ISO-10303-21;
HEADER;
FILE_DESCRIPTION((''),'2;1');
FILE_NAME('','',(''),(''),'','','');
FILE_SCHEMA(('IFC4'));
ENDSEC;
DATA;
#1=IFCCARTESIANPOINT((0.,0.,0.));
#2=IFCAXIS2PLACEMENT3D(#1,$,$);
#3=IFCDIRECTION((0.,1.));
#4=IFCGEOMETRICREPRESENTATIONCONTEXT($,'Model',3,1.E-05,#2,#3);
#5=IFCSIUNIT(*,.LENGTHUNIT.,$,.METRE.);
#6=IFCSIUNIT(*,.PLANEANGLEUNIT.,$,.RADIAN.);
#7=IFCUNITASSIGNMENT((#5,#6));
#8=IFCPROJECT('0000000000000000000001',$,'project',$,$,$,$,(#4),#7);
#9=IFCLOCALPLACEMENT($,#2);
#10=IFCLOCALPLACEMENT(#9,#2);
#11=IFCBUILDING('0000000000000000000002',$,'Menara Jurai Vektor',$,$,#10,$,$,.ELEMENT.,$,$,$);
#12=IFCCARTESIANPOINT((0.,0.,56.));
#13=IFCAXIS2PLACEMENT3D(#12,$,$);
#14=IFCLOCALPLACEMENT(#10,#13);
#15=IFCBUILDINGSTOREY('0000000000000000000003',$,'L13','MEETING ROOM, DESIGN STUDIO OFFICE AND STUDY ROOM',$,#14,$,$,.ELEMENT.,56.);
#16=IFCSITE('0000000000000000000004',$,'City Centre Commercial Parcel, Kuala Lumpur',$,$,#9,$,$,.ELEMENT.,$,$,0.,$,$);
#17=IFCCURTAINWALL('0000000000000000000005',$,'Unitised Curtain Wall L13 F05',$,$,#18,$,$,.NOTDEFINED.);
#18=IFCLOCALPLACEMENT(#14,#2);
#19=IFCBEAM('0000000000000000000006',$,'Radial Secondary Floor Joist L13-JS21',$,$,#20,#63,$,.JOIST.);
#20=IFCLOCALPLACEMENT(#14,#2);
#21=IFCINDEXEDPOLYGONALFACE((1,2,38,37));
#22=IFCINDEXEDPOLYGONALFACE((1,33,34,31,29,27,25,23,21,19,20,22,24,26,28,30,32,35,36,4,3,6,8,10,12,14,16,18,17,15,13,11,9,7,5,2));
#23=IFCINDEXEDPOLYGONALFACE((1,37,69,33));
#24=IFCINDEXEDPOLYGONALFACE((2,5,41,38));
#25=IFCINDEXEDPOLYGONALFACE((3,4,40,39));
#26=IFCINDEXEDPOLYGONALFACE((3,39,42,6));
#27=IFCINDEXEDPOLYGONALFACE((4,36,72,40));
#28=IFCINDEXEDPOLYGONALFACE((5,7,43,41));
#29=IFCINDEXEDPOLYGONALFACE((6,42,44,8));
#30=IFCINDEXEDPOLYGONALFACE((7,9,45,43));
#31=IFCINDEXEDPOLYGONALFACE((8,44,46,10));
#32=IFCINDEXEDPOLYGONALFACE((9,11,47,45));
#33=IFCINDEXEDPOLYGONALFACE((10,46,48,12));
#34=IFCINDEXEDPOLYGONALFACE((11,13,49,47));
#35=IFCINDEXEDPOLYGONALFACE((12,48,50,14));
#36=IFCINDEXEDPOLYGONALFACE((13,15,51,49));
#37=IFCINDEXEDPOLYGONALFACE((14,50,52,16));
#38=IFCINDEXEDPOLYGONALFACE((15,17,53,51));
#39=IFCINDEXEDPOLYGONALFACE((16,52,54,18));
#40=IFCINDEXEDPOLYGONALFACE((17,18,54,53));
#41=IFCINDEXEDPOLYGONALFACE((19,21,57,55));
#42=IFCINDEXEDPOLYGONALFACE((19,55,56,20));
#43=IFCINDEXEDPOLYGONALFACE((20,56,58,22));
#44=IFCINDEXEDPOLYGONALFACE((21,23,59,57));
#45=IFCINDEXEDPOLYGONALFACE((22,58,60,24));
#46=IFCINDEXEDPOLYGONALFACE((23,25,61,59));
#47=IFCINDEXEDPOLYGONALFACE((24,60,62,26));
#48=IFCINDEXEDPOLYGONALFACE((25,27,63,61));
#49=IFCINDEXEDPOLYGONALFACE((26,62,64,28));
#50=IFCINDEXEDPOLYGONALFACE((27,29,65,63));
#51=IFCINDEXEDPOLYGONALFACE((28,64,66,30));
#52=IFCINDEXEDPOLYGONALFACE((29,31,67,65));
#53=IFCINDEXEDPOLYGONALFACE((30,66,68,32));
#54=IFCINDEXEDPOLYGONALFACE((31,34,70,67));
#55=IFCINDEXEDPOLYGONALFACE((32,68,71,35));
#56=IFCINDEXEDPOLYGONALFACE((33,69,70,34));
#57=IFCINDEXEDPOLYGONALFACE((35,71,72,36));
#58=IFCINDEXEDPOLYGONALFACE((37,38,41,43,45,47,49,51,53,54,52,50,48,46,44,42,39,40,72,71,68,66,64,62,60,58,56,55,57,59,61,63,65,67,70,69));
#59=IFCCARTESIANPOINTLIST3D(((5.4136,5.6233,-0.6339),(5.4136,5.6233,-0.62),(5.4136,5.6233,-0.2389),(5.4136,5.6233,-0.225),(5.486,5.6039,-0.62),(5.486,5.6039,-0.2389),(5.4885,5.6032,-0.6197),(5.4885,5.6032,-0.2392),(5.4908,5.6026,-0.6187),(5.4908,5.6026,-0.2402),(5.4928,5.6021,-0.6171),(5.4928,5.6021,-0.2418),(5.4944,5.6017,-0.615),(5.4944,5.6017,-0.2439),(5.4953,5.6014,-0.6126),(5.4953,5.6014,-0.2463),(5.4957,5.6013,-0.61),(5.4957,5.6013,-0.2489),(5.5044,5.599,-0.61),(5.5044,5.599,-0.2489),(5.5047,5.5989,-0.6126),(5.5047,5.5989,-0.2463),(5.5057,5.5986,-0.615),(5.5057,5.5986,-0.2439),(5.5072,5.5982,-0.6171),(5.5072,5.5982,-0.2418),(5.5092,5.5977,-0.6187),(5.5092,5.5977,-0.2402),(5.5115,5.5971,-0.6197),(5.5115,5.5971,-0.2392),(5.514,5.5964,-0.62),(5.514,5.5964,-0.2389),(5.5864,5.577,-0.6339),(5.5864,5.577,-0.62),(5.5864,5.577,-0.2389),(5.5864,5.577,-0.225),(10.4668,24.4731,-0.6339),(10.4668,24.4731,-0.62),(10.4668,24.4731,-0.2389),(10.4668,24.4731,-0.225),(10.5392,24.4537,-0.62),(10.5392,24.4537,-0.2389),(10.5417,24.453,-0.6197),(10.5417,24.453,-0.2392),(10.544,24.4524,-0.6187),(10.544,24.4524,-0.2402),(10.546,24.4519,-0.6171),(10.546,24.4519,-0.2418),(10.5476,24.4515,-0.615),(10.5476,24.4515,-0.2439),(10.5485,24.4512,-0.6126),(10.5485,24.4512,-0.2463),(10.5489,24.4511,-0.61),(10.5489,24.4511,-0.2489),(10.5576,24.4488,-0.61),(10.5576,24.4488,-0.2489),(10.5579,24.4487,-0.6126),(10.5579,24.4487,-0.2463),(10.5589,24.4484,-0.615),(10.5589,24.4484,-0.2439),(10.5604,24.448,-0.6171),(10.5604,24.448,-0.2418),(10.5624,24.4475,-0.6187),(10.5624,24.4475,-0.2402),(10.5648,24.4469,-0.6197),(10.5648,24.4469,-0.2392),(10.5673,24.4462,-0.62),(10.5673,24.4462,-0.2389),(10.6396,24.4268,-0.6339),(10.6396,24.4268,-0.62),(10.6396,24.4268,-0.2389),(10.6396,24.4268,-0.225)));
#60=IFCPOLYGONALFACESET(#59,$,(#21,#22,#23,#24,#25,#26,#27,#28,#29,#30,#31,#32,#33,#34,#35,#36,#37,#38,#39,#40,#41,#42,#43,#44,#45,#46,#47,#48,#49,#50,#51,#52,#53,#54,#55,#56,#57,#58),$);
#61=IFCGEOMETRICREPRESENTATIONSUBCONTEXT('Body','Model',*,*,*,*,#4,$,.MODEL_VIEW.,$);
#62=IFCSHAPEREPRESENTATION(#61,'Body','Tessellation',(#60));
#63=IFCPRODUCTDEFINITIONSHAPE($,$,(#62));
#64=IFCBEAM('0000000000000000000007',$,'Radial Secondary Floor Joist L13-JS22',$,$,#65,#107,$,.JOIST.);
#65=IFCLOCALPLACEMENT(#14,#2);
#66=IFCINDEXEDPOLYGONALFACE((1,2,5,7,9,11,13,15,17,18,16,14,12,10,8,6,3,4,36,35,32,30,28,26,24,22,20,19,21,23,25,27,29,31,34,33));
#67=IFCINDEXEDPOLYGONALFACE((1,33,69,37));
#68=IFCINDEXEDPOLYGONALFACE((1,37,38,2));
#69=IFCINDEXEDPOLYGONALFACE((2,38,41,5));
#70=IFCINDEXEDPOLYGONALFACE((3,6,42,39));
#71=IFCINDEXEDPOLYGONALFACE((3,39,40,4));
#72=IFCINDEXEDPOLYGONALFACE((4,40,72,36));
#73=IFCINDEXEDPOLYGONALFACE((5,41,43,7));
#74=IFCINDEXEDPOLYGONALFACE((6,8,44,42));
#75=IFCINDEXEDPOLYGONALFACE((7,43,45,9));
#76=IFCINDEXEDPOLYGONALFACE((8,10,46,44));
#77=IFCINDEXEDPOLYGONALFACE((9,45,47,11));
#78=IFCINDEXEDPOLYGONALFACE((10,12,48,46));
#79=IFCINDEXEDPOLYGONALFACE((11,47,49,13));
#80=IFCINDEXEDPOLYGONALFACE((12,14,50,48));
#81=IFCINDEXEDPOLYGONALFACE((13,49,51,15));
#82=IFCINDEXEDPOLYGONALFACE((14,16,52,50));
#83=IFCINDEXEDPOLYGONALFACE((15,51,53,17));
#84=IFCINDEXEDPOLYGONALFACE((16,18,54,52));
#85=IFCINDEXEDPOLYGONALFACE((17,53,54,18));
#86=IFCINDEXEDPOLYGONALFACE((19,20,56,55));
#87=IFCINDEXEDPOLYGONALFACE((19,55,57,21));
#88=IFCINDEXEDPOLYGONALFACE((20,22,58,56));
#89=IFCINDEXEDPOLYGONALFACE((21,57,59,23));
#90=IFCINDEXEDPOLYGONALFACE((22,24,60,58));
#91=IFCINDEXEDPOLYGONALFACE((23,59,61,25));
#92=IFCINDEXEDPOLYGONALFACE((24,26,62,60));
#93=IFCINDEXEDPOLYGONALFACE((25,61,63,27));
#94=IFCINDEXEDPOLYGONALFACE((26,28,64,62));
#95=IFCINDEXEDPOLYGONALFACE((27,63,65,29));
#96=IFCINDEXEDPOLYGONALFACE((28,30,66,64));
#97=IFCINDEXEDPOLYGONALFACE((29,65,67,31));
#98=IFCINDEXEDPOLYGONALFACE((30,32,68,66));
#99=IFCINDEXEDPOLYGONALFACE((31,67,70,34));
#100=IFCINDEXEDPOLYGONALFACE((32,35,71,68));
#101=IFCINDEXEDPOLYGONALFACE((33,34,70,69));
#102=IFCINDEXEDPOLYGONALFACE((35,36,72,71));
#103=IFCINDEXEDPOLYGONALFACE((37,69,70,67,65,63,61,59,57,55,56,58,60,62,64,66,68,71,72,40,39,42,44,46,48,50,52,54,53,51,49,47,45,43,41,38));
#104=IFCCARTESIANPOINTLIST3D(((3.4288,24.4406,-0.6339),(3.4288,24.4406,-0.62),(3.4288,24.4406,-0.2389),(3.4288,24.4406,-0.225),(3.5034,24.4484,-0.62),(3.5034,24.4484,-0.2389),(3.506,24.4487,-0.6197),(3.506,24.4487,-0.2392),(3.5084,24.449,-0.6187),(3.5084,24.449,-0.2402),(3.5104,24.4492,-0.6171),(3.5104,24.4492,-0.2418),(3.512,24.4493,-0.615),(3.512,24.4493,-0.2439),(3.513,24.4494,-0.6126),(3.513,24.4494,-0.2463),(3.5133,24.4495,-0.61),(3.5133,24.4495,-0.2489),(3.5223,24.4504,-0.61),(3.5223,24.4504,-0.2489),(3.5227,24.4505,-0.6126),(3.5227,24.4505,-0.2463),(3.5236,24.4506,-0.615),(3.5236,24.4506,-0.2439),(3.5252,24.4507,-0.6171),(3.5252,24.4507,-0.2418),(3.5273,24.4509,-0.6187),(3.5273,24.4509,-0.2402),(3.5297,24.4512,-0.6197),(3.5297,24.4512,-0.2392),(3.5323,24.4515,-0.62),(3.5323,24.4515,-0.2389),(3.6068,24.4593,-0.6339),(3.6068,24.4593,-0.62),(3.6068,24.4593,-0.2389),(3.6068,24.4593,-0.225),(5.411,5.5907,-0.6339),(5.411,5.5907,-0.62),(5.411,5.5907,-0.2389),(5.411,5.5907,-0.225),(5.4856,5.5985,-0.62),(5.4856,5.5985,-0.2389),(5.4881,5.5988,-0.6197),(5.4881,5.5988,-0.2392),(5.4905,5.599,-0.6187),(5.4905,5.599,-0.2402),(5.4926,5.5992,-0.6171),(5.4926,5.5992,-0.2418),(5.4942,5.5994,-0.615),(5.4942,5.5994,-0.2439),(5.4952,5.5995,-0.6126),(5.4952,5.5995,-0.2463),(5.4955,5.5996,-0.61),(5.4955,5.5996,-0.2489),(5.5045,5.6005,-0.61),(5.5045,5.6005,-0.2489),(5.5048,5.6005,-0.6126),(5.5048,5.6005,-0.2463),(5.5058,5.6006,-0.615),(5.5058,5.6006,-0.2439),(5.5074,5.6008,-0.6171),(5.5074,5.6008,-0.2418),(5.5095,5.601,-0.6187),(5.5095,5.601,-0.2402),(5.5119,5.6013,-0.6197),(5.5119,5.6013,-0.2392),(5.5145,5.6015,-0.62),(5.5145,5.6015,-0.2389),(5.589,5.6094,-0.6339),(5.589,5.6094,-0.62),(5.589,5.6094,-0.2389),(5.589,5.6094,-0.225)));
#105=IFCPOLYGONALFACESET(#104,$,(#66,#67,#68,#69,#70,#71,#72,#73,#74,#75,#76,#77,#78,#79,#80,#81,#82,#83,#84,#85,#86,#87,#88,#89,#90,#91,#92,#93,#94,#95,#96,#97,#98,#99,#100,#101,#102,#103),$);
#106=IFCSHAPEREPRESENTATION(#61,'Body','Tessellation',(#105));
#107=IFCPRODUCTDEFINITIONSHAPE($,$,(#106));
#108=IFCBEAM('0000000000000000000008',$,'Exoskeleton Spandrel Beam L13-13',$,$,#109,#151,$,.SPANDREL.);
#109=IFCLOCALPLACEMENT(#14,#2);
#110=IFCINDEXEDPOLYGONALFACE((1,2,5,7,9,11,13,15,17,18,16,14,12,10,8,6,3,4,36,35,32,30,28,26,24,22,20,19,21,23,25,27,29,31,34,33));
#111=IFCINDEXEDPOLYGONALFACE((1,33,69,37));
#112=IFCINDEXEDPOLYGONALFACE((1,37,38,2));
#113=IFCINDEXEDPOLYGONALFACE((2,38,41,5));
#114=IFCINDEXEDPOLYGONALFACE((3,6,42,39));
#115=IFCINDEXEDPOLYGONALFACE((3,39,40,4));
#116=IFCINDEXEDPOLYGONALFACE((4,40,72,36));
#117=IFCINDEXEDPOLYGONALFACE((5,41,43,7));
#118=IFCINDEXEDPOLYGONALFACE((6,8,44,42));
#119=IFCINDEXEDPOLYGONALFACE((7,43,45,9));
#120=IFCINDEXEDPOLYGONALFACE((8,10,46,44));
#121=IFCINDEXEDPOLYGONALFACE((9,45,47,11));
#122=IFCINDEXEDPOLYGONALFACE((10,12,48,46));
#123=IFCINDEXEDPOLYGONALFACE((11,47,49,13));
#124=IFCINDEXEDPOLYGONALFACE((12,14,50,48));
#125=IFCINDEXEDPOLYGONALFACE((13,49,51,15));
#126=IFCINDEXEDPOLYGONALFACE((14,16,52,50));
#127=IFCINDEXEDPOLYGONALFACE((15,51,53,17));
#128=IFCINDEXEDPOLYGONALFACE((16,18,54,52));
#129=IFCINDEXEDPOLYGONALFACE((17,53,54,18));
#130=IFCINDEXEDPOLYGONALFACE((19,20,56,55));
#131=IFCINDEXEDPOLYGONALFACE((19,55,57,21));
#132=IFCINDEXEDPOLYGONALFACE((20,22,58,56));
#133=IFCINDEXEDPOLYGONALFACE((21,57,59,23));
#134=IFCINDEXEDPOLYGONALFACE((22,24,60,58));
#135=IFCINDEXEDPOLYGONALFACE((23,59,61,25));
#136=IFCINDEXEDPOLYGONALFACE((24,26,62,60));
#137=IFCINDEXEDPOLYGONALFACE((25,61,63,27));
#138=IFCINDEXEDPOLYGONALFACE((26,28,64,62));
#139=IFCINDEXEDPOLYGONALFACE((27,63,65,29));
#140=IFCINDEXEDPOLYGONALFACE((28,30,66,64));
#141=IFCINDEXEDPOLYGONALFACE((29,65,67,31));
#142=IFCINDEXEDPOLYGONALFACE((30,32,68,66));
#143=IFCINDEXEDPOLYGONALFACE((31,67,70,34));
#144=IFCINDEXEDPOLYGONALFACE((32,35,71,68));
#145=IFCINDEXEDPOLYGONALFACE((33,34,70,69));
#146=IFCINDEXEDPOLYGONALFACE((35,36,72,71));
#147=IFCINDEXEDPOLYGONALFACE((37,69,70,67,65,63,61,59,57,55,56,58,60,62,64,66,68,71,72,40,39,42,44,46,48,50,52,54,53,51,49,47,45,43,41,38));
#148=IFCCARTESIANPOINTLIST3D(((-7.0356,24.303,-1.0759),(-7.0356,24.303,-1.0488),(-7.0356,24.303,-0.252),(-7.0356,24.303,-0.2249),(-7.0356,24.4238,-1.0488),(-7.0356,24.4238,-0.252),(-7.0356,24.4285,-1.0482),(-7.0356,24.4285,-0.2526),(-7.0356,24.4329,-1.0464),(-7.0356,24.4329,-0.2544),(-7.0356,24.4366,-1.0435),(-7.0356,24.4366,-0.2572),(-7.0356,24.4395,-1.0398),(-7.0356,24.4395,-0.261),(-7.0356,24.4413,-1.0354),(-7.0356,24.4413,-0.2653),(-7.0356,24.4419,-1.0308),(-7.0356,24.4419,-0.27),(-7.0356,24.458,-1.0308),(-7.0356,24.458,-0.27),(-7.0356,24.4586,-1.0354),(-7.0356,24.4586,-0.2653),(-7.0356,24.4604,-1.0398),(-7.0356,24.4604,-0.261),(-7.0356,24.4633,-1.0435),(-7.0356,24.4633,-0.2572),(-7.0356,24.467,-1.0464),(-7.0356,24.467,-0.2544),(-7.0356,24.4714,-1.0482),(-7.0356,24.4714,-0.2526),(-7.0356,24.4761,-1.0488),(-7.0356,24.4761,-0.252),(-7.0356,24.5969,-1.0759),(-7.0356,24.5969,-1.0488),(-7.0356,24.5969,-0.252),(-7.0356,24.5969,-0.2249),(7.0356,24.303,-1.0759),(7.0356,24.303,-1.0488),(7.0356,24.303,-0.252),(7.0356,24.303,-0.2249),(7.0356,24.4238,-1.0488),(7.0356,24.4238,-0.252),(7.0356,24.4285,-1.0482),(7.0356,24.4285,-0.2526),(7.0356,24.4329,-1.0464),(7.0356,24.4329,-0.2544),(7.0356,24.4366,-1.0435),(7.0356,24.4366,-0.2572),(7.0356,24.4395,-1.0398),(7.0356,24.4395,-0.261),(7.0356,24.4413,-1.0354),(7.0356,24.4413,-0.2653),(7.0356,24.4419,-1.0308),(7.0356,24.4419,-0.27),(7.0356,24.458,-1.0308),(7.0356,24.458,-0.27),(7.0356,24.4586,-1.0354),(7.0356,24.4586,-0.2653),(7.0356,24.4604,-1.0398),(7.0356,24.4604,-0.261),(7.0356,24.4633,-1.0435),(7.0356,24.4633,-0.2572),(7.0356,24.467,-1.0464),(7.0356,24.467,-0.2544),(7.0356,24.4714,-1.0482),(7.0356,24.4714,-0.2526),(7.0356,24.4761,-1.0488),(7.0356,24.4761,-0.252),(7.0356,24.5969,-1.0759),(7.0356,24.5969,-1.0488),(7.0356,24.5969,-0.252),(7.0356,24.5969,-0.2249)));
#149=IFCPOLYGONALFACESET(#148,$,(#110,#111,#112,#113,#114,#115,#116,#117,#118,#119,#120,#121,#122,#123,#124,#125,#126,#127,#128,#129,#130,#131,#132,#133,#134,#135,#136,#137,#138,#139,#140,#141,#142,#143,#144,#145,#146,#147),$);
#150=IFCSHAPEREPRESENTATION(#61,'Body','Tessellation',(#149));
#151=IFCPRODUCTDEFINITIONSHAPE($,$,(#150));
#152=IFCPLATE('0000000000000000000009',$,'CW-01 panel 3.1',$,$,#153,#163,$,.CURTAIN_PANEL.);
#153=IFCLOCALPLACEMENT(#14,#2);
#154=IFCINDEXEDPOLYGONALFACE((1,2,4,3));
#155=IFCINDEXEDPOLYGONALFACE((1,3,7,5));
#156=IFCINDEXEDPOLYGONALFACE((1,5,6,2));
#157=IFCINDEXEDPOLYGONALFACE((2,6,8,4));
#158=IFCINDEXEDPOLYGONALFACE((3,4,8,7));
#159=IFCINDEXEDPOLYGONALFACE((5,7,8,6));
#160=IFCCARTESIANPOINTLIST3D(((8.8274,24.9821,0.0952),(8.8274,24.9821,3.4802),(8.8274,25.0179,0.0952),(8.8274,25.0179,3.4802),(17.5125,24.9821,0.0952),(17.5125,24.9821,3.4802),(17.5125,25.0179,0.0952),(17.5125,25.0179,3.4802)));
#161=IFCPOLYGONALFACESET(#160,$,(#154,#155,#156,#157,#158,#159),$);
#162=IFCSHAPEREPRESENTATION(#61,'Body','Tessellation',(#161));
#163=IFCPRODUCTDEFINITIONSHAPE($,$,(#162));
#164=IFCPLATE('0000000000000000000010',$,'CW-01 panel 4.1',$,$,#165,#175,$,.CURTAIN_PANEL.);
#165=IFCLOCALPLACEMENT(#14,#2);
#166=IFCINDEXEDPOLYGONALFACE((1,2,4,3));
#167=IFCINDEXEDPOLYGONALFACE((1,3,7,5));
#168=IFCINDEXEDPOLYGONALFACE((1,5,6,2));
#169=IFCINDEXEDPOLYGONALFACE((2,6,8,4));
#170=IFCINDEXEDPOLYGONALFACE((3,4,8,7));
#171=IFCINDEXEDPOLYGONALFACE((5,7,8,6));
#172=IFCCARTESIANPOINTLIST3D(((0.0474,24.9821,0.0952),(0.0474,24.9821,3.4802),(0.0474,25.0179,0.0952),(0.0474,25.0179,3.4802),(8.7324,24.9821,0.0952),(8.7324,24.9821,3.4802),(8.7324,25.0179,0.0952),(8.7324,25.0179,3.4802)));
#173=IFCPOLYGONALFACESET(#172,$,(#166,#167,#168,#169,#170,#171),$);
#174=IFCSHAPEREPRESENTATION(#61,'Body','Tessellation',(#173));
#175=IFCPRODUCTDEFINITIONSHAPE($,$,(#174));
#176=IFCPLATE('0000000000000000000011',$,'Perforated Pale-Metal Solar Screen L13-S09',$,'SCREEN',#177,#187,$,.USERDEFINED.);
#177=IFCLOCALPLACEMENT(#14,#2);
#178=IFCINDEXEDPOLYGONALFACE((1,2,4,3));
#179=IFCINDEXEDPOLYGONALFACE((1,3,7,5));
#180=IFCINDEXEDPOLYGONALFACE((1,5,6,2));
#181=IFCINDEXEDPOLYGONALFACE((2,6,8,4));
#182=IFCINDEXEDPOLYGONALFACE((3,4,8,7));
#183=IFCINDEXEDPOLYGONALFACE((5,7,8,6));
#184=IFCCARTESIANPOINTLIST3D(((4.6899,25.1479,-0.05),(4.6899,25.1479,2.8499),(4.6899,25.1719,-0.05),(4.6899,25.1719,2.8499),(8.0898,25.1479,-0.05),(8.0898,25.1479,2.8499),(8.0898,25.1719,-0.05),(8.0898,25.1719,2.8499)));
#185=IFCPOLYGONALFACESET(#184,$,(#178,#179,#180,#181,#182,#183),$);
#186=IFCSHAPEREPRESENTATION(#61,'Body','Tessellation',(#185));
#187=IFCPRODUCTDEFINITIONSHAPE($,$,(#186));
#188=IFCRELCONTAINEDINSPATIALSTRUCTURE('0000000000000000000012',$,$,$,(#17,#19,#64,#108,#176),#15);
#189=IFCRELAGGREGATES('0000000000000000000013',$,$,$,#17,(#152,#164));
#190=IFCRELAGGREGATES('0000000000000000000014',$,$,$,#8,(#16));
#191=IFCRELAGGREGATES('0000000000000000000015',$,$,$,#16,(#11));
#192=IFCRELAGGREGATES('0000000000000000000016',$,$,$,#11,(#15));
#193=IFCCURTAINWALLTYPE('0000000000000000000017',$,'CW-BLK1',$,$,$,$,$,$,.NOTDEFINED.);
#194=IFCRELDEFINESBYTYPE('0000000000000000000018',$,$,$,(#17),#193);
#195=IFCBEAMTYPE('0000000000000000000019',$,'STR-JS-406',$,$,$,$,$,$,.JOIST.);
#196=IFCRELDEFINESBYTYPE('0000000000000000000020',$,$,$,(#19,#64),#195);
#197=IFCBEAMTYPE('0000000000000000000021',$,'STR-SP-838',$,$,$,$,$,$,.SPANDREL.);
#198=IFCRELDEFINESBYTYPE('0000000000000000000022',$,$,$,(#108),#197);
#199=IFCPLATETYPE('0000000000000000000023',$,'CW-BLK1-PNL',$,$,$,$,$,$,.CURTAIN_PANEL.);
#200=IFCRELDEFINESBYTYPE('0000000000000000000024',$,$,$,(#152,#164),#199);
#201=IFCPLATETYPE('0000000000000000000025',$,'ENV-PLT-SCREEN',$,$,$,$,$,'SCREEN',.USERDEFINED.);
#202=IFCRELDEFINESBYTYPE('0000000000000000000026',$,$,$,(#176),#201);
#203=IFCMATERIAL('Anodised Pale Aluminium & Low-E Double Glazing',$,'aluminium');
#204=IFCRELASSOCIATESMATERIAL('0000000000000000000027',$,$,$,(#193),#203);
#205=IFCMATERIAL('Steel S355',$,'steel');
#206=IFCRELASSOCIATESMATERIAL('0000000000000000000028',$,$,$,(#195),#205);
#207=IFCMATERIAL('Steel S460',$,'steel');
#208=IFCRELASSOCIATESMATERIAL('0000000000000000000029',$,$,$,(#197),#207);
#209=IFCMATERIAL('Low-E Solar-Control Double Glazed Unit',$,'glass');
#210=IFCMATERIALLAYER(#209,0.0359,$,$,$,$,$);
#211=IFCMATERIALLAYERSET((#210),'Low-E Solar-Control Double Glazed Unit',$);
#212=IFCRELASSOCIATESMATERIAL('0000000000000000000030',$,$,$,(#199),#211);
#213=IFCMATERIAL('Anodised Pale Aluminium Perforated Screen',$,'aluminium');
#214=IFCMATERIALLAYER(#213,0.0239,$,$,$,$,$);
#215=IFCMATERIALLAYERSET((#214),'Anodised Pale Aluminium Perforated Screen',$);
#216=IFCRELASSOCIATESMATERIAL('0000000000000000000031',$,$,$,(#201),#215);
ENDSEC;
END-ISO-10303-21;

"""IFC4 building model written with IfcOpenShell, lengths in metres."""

from ifc_helpers import new_model, si_unit, direction, frame, origin, origin_2d, place, context, subcontext, project, spatial, rectangle, i_section, extrude, material, layer, layer_set, material_profile, profile_set, type_object, element, aggregate, save


model = new_model("IFC4")

# Units and contexts
model_context = context("Model", 3, precision=1e-05, world=origin(), true_north=direction((0.0, 1.0)))
body_context = subcontext(model_context, "Body", "Model", "MODEL_VIEW")
ifc_project = project(units=[si_unit("LENGTHUNIT", "METRE"), si_unit("PLANEANGLEUNIT", "RADIAN")], contexts=[model_context])

# Site, building, storey
site_placement = place(None, origin())
site = spatial("IfcSite", under=ifc_project, at=site_placement, Name="City Centre Commercial Parcel, Kuala Lumpur", CompositionType="ELEMENT", RefElevation=0.0)
building_placement = place(site_placement, origin())
building = spatial("IfcBuilding", under=site, at=building_placement, Name="Menara Jurai Vektor", CompositionType="ELEMENT")
storey_placement = place(building_placement, frame((0.0, 0.0, 56.0)))
storey = spatial("IfcBuildingStorey", under=building, at=storey_placement, Name="L13", Description="MEETING ROOM, DESIGN STUDIO OFFICE AND STUDY ROOM", CompositionType="ELEMENT", Elevation=56.0)

# Shared definitions
ifc_material_1 = material(Name="Steel S460", Category="steel")

# Curtain wall
ifc_material_2 = material(Name="Anodised Pale Aluminium & Low-E Double Glazing", Category="aluminium")
curtain_wall_type = type_object("IfcCurtainWallType", Name="CW-BLK1", PredefinedType="NOTDEFINED", material=ifc_material_2)
curtain_wall_placement = place(storey_placement, origin())
curtain_wall = element("IfcCurtainWall", 1, at=curtain_wall_placement, inside=storey, type_object=curtain_wall_type, Name="Unitised Curtain Wall L13 F05", PredefinedType="NOTDEFINED")

# Beams
ifc_material_3 = material(Name="Steel S355", Category="steel")
ifc_material_profile_1 = material_profile(ifc_material_3, i_section(OverallWidth=0.179, OverallDepth=0.4089, WebThickness=0.009, FlangeThickness=0.0139, FilletRadius=0.01, at=origin_2d()), Name="UKB 406x178x67")
ifc_profile_set_1 = profile_set([ifc_material_profile_1], Name="Steel S355")
beam_type_1 = type_object("IfcBeamType", Name="STR-JS-406", PredefinedType="JOIST", material=ifc_profile_set_1)
beam_1_placement = place(storey_placement, frame((10.5532, 24.45, -0.4294), z_axis=(-0.258935, -0.965895, 0.0), x_axis=(0.965895, -0.258935, 0.0)))
element("IfcBeam", 2, at=beam_1_placement, inside=storey, type_object=beam_type_1, Name="Radial Secondary Floor Joist L13-JS21", PredefinedType="JOIST", context=body_context, shape_type="SweptSolid", body=[
    extrude(i_section(OverallWidth=0.179, OverallDepth=0.4089, WebThickness=0.009, FlangeThickness=0.0139, FilletRadius=0.01, at=origin_2d()), origin(), (0.0, 0.0, 1.0), 19.5154),
])
beam_2_placement = place(storey_placement, frame((3.5178, 24.45, -0.4294), z_axis=(0.10458, -0.994517, 0.0), x_axis=(0.994517, 0.10458, 0.0)))
element("IfcBeam", 3, at=beam_2_placement, inside=storey, type_object=beam_type_1, Name="Radial Secondary Floor Joist L13-JS22", PredefinedType="JOIST", context=body_context, shape_type="SweptSolid", body=[
    extrude(i_section(OverallWidth=0.179, OverallDepth=0.4089, WebThickness=0.009, FlangeThickness=0.0139, FilletRadius=0.01, at=origin_2d()), origin(), (0.0, 0.0, 1.0), 18.9539),
])
ifc_material_profile_2 = material_profile(ifc_material_1, i_section(OverallWidth=0.2939, OverallDepth=0.8511, WebThickness=0.0161, FlangeThickness=0.0271, FilletRadius=0.0181, at=origin_2d()), Name="UKB 838x292x226")
ifc_profile_set_2 = profile_set([ifc_material_profile_2], Name="Steel S460")
beam_type_2 = type_object("IfcBeamType", Name="STR-SP-838", PredefinedType="SPANDREL", material=ifc_profile_set_2)
beam_3_placement = place(storey_placement, frame((7.0356, 24.45, -0.6504), z_axis=(-1.0, 0.0, 0.0), x_axis=(0.0, -1.0, 0.0)))
element("IfcBeam", 4, at=beam_3_placement, inside=storey, type_object=beam_type_2, Name="Exoskeleton Spandrel Beam L13-13", PredefinedType="SPANDREL", context=body_context, shape_type="SweptSolid", body=[
    extrude(i_section(OverallWidth=0.2939, OverallDepth=0.8511, WebThickness=0.0161, FlangeThickness=0.0271, FilletRadius=0.0181, at=origin_2d()), origin(), (0.0, 0.0, 1.0), 14.0713),
])

# Plates
ifc_material_4 = material(Name="Low-E Solar-Control Double Glazed Unit", Category="glass")
ifc_layer_1 = layer(ifc_material_4, 0.0359)
ifc_layer_set_1 = layer_set([ifc_layer_1], Name="Low-E Solar-Control Double Glazed Unit")
plate_type_1 = type_object("IfcPlateType", Name="CW-BLK1-PNL", PredefinedType="CURTAIN_PANEL", material=ifc_layer_set_1)
plate_1_placement = place(storey_placement, frame((13.1699, 25.0, 0.0952), z_axis=(0.0, 0.0, 1.0), x_axis=(-1.0, 0.0, 0.0)))
plate_1 = element("IfcPlate", 5, at=plate_1_placement, type_object=plate_type_1, Name="CW-01 panel 3.1", PredefinedType="CURTAIN_PANEL", context=body_context, shape_type="SweptSolid", body=[
    extrude(rectangle(XDim=8.6851, YDim=0.0359, at=origin_2d()), origin(), (0.0, 0.0, 1.0), 3.385),
])
plate_2_placement = place(storey_placement, frame((4.3899, 25.0, 0.0952), z_axis=(0.0, 0.0, 1.0), x_axis=(-1.0, 0.0, 0.0)))
plate_2 = element("IfcPlate", 6, at=plate_2_placement, type_object=plate_type_1, Name="CW-01 panel 4.1", PredefinedType="CURTAIN_PANEL", context=body_context, shape_type="SweptSolid", body=[
    extrude(rectangle(XDim=8.6851, YDim=0.0359, at=origin_2d()), origin(), (0.0, 0.0, 1.0), 3.385),
])
aggregate(curtain_wall, [plate_1, plate_2])
ifc_material_5 = material(Name="Anodised Pale Aluminium Perforated Screen", Category="aluminium")
ifc_layer_2 = layer(ifc_material_5, 0.0239)
ifc_layer_set_2 = layer_set([ifc_layer_2], Name="Anodised Pale Aluminium Perforated Screen")
plate_type_2 = type_object("IfcPlateType", Name="ENV-PLT-SCREEN", ElementType="SCREEN", PredefinedType="USERDEFINED", material=ifc_layer_set_2)
plate_3_placement = place(storey_placement, frame((6.3899, 25.1599, -0.05), z_axis=(0.0, 0.0, 1.0), x_axis=(-1.0, 0.0, 0.0)))
element("IfcPlate", 7, at=plate_3_placement, inside=storey, type_object=plate_type_2, Name="Perforated Pale-Metal Solar Screen L13-S09", ObjectType="SCREEN", PredefinedType="USERDEFINED", context=body_context, shape_type="SweptSolid", body=[
    extrude(rectangle(XDim=3.3999, YDim=0.0239, at=origin_2d()), origin(), (0.0, 0.0, 1.0), 2.8999),
])

save(model, "model.ifc")
